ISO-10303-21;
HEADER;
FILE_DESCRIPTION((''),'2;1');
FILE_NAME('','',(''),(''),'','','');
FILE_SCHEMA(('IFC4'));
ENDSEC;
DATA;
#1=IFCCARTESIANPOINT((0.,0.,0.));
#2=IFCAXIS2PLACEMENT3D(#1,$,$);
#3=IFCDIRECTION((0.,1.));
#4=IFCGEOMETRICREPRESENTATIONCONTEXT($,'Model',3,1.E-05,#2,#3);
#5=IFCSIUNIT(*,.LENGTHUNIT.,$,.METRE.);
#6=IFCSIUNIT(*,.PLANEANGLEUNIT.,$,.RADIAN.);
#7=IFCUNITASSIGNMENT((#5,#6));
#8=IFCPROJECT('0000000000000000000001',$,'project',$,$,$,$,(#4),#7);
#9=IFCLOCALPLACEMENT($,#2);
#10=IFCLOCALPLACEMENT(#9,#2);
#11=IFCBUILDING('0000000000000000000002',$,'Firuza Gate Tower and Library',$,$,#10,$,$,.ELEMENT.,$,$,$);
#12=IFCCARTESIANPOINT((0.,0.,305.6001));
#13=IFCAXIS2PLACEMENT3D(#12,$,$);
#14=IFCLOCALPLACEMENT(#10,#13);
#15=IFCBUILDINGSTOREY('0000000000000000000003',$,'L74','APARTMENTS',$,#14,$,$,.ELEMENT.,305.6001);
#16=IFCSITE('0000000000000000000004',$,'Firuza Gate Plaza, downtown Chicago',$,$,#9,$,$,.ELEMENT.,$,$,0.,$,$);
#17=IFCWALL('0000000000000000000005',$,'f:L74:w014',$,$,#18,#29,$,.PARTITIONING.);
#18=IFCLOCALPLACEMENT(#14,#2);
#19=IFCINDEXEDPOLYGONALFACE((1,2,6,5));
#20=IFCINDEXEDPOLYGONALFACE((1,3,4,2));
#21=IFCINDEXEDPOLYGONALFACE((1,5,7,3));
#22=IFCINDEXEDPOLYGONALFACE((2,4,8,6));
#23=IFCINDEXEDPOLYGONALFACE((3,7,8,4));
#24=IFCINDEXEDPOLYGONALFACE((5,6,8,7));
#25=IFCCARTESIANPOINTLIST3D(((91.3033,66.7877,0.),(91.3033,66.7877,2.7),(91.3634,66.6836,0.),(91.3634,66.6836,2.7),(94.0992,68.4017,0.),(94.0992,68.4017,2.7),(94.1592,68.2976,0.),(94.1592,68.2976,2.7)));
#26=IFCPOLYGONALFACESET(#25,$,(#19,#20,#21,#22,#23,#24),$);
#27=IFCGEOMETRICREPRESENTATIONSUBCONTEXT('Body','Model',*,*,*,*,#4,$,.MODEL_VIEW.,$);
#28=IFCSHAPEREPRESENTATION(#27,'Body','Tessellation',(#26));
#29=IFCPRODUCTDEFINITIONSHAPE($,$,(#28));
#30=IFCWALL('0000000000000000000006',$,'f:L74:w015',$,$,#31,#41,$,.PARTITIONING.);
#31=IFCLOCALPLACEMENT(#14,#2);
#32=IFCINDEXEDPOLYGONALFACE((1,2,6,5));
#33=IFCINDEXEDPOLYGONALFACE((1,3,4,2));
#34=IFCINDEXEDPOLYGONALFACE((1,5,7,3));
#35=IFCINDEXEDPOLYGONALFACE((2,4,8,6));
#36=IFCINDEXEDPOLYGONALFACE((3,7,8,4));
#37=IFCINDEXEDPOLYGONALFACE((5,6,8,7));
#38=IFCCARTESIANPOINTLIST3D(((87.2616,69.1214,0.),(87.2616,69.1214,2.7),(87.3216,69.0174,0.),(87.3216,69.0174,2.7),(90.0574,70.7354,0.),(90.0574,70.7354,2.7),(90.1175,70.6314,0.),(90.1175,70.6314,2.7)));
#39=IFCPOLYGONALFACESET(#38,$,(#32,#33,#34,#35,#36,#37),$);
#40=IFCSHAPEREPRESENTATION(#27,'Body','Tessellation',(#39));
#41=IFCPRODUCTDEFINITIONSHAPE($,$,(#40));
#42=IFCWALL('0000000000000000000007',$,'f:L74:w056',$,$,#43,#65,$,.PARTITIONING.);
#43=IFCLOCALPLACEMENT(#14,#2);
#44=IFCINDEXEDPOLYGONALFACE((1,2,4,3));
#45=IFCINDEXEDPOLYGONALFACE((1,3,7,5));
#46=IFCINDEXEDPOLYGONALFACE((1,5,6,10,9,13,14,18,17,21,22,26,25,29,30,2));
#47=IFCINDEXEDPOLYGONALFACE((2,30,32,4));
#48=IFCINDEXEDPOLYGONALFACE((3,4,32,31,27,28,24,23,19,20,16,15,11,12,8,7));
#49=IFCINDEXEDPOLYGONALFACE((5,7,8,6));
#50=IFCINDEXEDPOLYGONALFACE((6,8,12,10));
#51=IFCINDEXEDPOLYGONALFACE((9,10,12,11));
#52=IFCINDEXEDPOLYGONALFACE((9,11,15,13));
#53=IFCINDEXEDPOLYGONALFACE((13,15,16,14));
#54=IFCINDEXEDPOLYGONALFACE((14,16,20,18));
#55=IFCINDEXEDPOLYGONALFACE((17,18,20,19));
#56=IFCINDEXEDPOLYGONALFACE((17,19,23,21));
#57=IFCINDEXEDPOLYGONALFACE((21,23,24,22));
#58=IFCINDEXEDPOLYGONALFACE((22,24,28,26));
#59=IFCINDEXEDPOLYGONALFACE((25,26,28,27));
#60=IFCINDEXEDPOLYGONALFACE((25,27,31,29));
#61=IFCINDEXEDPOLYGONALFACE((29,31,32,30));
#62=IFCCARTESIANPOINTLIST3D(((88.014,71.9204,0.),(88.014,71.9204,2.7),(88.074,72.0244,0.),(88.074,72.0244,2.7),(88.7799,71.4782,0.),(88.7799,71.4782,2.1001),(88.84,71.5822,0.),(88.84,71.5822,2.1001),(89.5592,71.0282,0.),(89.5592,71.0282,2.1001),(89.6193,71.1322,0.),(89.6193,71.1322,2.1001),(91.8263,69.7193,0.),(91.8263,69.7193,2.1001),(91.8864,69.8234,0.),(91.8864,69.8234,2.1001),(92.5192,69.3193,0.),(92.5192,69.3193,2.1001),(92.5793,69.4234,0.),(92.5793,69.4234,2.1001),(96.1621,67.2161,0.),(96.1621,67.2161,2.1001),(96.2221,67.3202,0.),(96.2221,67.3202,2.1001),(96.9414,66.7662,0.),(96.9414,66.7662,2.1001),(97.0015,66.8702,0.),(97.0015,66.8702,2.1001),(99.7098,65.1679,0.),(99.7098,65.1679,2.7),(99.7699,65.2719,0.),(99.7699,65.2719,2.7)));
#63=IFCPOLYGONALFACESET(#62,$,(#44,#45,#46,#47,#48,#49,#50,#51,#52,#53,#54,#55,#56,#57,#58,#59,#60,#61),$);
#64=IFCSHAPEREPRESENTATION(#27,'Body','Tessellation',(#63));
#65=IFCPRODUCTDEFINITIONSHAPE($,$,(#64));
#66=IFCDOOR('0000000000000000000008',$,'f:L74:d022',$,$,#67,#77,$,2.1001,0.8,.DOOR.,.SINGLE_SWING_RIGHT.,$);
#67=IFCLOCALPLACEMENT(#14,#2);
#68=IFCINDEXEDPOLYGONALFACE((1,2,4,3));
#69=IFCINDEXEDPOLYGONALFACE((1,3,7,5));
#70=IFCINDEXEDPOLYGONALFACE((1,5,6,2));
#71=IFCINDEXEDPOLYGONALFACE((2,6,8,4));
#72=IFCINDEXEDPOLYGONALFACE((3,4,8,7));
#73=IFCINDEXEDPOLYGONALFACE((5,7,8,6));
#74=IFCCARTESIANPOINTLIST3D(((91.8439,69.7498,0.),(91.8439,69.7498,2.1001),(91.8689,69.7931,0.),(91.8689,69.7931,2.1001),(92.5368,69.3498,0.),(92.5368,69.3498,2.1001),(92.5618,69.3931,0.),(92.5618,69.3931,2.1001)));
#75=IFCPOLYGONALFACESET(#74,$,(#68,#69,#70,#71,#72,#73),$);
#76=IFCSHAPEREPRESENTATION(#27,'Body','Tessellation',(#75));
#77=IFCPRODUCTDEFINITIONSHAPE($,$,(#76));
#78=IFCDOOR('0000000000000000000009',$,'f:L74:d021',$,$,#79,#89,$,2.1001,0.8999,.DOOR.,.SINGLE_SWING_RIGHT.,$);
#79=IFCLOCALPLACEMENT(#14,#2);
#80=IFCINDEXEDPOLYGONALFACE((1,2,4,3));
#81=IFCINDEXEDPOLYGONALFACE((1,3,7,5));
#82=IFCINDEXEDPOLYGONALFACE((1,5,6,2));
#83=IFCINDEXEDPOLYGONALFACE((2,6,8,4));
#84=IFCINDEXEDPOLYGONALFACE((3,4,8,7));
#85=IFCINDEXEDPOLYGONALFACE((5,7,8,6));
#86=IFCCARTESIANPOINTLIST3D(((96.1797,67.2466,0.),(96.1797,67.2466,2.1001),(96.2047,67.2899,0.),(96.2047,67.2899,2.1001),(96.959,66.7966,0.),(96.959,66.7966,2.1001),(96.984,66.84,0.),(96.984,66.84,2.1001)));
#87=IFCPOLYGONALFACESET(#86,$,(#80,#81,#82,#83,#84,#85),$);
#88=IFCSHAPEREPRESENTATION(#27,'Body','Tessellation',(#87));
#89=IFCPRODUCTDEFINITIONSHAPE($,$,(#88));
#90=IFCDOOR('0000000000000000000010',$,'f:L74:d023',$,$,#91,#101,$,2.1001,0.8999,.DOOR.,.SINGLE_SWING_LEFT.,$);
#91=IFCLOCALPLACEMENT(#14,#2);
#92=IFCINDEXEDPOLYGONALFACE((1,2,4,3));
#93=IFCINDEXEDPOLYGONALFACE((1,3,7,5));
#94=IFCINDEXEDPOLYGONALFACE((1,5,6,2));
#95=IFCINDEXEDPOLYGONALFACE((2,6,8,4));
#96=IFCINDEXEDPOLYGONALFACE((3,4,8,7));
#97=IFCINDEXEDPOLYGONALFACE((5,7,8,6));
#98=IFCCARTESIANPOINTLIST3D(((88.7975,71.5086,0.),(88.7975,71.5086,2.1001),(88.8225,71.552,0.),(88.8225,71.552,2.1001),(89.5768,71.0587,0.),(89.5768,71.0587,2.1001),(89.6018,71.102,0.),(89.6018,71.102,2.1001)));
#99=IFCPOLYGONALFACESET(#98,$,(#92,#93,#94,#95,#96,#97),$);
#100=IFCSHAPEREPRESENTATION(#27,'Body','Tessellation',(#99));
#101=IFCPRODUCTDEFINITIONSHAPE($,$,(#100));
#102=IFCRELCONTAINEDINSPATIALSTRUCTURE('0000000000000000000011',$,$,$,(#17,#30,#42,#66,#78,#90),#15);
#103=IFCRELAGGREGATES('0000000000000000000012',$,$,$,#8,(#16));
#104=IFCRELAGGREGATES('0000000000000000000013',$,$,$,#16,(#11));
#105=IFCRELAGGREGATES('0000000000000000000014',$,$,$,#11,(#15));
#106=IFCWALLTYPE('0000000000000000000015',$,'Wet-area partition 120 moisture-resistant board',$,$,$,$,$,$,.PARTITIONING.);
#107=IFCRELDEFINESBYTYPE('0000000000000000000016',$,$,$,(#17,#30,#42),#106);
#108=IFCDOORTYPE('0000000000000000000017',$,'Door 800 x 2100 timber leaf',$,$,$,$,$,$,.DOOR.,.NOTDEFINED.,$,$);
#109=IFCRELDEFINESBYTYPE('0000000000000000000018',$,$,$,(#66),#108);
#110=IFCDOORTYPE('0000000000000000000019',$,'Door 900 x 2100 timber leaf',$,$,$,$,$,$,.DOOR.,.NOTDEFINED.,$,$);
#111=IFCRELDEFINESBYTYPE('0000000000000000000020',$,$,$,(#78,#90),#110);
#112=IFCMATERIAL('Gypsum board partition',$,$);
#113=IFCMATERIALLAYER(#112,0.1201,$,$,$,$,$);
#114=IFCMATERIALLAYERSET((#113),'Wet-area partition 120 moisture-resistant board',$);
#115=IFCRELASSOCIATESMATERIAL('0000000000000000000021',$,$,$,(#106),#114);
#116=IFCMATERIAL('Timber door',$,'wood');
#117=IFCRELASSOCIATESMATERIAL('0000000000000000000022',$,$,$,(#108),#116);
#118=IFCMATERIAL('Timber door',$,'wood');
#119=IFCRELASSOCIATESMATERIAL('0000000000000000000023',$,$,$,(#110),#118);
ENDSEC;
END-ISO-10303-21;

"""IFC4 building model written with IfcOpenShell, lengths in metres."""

from ifc_helpers import new_model, si_unit, direction, frame, frame_2d, origin, place, context, subcontext, project, spatial, rectangle, extrude, material, layer, layer_set, type_object, element, fill, save


model = new_model("IFC4")

# Units and contexts
model_context = context("Model", 3, precision=1e-05, world=origin(), true_north=direction((0.0, 1.0)))
body_context = subcontext(model_context, "Body", "Model", "MODEL_VIEW")
ifc_project = project(units=[si_unit("LENGTHUNIT", "METRE"), si_unit("PLANEANGLEUNIT", "RADIAN")], contexts=[model_context])

# Site, building, storey
site_placement = place(None, origin())
site = spatial("IfcSite", under=ifc_project, at=site_placement, Name="Firuza Gate Plaza, downtown Chicago", CompositionType="ELEMENT", RefElevation=0.0)
building_placement = place(site_placement, origin())
building = spatial("IfcBuilding", under=site, at=building_placement, Name="Firuza Gate Tower and Library", CompositionType="ELEMENT")
storey_placement = place(building_placement, frame((0.0, 0.0, 305.6001)))
storey = spatial("IfcBuildingStorey", under=building, at=storey_placement, Name="L74", Description="APARTMENTS", CompositionType="ELEMENT", Elevation=305.6001)

# Walls
ifc_material_1 = material(Name="Gypsum board partition")
ifc_layer_1 = layer(ifc_material_1, 0.1201)
ifc_layer_set_1 = layer_set([ifc_layer_1], Name="Wet-area partition 120 moisture-resistant board")
wall_type_1 = type_object("IfcWallType", Name="Wet-area partition 120 moisture-resistant board", PredefinedType="PARTITIONING", material=ifc_layer_set_1)
for number, where, z_axis, x_axis, name in (
    (1, (91.3333, 66.7356, 0.0), (0.0, 0.0, 1.0), (0.866052, 0.499954, 0.0), "f:L74:w014"),
    (2, (87.2915, 69.0693, 0.0), (0.0, 0.0, 1.0), (0.866052, 0.499954, 0.0), "f:L74:w015"),
):
    element("IfcWall", number, at=place(storey_placement, frame(where, z_axis=z_axis, x_axis=x_axis)), inside=storey, type_object=wall_type_1, Name=name, PredefinedType="PARTITIONING", context=body_context, shape_type="SweptSolid", body=[
        extrude(rectangle(XDim=3.2283, YDim=0.1201, at=frame_2d((1.6143, 0.0))), origin(), (0.0, 0.0, 1.0), 2.7),
    ])

# Wall, openings, doors
wall_1_placement = place(storey_placement, frame((99.7397, 65.22, 0.0), z_axis=(0.0, 0.0, 1.0), x_axis=(-0.86603, 0.499993, 0.0)))
wall_1 = element("IfcWall", 3, at=wall_1_placement, inside=storey, type_object=wall_type_1, Name="f:L74:w056", PredefinedType="PARTITIONING", context=body_context, shape_type="SweptSolid", body=[
    extrude(rectangle(XDim=13.5051, YDim=0.1201, at=frame_2d((6.7524, 0.0))), origin(), (0.0, 0.0, 1.0), 2.7),
])
opening_1_placement = place(wall_1_placement, frame((3.1965, 0.0, 0.0)))
opening_1 = element("IfcOpeningElement", 4, at=opening_1_placement, cuts=wall_1, PredefinedType="OPENING", context=body_context, shape_type="SweptSolid", body=[
    extrude(rectangle(XDim=0.8999, YDim=2.1001, at=frame_2d((0.45, 1.05))), frame((0.0, 0.0701, 0.0), z_axis=(0.0, -1.0, 0.0), x_axis=(1.0, 0.0, 0.0)), (0.0, 0.0, 1.0), 0.1401),
])
opening_2_placement = place(wall_1_placement, frame((8.303, 0.0, 0.0)))
opening_2 = element("IfcOpeningElement", 5, at=opening_2_placement, cuts=wall_1, PredefinedType="OPENING", context=body_context, shape_type="SweptSolid", body=[
    extrude(rectangle(XDim=0.8, YDim=2.1001, at=frame_2d((0.3999, 1.05))), frame((0.0, 0.0701, 0.0), z_axis=(0.0, -1.0, 0.0), x_axis=(1.0, 0.0, 0.0)), (0.0, 0.0, 1.0), 0.1401),
])
opening_3_placement = place(wall_1_placement, frame((11.7207, 0.0, 0.0)))
opening_3 = element("IfcOpeningElement", 6, at=opening_3_placement, cuts=wall_1, PredefinedType="OPENING", context=body_context, shape_type="SweptSolid", body=[
    extrude(rectangle(XDim=0.8999, YDim=2.1001, at=frame_2d((0.45, 1.05))), frame((0.0, 0.0701, 0.0), z_axis=(0.0, -1.0, 0.0), x_axis=(1.0, 0.0, 0.0)), (0.0, 0.0, 1.0), 0.1401),
])
ifc_material_2 = material(Name="Timber door", Category="wood")
door_type_1 = type_object("IfcDoorType", Name="Door 800 x 2100 timber leaf", OperationType="NOTDEFINED", PredefinedType="DOOR", material=ifc_material_2)
door_1_placement = place(opening_2_placement, origin())
door_1 = element("IfcDoor", 7, at=door_1_placement, inside=storey, type_object=door_type_1, Name="f:L74:d022", OperationType="SINGLE_SWING_RIGHT", OverallHeight=2.1001, OverallWidth=0.8, PredefinedType="DOOR", context=body_context, shape_type="SweptSolid", body=[
    extrude(rectangle(XDim=0.8, YDim=2.1001, at=frame_2d((0.3999, 1.05))), frame((0.0, 0.0249, 0.0), z_axis=(0.0, -1.0, 0.0), x_axis=(1.0, 0.0, 0.0)), (0.0, 0.0, 1.0), 0.05),
])
fill(opening_2, door_1)
ifc_material_3 = material(Name="Timber door", Category="wood")
door_type_2 = type_object("IfcDoorType", Name="Door 900 x 2100 timber leaf", OperationType="NOTDEFINED", PredefinedType="DOOR", material=ifc_material_3)
door_2_placement = place(opening_1_placement, origin())
door_2 = element("IfcDoor", 8, at=door_2_placement, inside=storey, type_object=door_type_2, Name="f:L74:d021", OperationType="SINGLE_SWING_RIGHT", OverallHeight=2.1001, OverallWidth=0.8999, PredefinedType="DOOR", context=body_context, shape_type="SweptSolid", body=[
    extrude(rectangle(XDim=0.8999, YDim=2.1001, at=frame_2d((0.45, 1.05))), frame((0.0, 0.0249, 0.0), z_axis=(0.0, -1.0, 0.0), x_axis=(1.0, 0.0, 0.0)), (0.0, 0.0, 1.0), 0.05),
])
fill(opening_1, door_2)
door_3_placement = place(opening_3_placement, origin())
door_3 = element("IfcDoor", 9, at=door_3_placement, inside=storey, type_object=door_type_2, Name="f:L74:d023", OperationType="SINGLE_SWING_LEFT", OverallHeight=2.1001, OverallWidth=0.8999, PredefinedType="DOOR", context=body_context, shape_type="SweptSolid", body=[
    extrude(rectangle(XDim=0.8999, YDim=2.1001, at=frame_2d((0.45, 1.05))), frame((0.0, 0.0249, 0.0), z_axis=(0.0, -1.0, 0.0), x_axis=(1.0, 0.0, 0.0)), (0.0, 0.0, 1.0), 0.05),
])
fill(opening_3, door_3)

save(model, "model.ifc")
